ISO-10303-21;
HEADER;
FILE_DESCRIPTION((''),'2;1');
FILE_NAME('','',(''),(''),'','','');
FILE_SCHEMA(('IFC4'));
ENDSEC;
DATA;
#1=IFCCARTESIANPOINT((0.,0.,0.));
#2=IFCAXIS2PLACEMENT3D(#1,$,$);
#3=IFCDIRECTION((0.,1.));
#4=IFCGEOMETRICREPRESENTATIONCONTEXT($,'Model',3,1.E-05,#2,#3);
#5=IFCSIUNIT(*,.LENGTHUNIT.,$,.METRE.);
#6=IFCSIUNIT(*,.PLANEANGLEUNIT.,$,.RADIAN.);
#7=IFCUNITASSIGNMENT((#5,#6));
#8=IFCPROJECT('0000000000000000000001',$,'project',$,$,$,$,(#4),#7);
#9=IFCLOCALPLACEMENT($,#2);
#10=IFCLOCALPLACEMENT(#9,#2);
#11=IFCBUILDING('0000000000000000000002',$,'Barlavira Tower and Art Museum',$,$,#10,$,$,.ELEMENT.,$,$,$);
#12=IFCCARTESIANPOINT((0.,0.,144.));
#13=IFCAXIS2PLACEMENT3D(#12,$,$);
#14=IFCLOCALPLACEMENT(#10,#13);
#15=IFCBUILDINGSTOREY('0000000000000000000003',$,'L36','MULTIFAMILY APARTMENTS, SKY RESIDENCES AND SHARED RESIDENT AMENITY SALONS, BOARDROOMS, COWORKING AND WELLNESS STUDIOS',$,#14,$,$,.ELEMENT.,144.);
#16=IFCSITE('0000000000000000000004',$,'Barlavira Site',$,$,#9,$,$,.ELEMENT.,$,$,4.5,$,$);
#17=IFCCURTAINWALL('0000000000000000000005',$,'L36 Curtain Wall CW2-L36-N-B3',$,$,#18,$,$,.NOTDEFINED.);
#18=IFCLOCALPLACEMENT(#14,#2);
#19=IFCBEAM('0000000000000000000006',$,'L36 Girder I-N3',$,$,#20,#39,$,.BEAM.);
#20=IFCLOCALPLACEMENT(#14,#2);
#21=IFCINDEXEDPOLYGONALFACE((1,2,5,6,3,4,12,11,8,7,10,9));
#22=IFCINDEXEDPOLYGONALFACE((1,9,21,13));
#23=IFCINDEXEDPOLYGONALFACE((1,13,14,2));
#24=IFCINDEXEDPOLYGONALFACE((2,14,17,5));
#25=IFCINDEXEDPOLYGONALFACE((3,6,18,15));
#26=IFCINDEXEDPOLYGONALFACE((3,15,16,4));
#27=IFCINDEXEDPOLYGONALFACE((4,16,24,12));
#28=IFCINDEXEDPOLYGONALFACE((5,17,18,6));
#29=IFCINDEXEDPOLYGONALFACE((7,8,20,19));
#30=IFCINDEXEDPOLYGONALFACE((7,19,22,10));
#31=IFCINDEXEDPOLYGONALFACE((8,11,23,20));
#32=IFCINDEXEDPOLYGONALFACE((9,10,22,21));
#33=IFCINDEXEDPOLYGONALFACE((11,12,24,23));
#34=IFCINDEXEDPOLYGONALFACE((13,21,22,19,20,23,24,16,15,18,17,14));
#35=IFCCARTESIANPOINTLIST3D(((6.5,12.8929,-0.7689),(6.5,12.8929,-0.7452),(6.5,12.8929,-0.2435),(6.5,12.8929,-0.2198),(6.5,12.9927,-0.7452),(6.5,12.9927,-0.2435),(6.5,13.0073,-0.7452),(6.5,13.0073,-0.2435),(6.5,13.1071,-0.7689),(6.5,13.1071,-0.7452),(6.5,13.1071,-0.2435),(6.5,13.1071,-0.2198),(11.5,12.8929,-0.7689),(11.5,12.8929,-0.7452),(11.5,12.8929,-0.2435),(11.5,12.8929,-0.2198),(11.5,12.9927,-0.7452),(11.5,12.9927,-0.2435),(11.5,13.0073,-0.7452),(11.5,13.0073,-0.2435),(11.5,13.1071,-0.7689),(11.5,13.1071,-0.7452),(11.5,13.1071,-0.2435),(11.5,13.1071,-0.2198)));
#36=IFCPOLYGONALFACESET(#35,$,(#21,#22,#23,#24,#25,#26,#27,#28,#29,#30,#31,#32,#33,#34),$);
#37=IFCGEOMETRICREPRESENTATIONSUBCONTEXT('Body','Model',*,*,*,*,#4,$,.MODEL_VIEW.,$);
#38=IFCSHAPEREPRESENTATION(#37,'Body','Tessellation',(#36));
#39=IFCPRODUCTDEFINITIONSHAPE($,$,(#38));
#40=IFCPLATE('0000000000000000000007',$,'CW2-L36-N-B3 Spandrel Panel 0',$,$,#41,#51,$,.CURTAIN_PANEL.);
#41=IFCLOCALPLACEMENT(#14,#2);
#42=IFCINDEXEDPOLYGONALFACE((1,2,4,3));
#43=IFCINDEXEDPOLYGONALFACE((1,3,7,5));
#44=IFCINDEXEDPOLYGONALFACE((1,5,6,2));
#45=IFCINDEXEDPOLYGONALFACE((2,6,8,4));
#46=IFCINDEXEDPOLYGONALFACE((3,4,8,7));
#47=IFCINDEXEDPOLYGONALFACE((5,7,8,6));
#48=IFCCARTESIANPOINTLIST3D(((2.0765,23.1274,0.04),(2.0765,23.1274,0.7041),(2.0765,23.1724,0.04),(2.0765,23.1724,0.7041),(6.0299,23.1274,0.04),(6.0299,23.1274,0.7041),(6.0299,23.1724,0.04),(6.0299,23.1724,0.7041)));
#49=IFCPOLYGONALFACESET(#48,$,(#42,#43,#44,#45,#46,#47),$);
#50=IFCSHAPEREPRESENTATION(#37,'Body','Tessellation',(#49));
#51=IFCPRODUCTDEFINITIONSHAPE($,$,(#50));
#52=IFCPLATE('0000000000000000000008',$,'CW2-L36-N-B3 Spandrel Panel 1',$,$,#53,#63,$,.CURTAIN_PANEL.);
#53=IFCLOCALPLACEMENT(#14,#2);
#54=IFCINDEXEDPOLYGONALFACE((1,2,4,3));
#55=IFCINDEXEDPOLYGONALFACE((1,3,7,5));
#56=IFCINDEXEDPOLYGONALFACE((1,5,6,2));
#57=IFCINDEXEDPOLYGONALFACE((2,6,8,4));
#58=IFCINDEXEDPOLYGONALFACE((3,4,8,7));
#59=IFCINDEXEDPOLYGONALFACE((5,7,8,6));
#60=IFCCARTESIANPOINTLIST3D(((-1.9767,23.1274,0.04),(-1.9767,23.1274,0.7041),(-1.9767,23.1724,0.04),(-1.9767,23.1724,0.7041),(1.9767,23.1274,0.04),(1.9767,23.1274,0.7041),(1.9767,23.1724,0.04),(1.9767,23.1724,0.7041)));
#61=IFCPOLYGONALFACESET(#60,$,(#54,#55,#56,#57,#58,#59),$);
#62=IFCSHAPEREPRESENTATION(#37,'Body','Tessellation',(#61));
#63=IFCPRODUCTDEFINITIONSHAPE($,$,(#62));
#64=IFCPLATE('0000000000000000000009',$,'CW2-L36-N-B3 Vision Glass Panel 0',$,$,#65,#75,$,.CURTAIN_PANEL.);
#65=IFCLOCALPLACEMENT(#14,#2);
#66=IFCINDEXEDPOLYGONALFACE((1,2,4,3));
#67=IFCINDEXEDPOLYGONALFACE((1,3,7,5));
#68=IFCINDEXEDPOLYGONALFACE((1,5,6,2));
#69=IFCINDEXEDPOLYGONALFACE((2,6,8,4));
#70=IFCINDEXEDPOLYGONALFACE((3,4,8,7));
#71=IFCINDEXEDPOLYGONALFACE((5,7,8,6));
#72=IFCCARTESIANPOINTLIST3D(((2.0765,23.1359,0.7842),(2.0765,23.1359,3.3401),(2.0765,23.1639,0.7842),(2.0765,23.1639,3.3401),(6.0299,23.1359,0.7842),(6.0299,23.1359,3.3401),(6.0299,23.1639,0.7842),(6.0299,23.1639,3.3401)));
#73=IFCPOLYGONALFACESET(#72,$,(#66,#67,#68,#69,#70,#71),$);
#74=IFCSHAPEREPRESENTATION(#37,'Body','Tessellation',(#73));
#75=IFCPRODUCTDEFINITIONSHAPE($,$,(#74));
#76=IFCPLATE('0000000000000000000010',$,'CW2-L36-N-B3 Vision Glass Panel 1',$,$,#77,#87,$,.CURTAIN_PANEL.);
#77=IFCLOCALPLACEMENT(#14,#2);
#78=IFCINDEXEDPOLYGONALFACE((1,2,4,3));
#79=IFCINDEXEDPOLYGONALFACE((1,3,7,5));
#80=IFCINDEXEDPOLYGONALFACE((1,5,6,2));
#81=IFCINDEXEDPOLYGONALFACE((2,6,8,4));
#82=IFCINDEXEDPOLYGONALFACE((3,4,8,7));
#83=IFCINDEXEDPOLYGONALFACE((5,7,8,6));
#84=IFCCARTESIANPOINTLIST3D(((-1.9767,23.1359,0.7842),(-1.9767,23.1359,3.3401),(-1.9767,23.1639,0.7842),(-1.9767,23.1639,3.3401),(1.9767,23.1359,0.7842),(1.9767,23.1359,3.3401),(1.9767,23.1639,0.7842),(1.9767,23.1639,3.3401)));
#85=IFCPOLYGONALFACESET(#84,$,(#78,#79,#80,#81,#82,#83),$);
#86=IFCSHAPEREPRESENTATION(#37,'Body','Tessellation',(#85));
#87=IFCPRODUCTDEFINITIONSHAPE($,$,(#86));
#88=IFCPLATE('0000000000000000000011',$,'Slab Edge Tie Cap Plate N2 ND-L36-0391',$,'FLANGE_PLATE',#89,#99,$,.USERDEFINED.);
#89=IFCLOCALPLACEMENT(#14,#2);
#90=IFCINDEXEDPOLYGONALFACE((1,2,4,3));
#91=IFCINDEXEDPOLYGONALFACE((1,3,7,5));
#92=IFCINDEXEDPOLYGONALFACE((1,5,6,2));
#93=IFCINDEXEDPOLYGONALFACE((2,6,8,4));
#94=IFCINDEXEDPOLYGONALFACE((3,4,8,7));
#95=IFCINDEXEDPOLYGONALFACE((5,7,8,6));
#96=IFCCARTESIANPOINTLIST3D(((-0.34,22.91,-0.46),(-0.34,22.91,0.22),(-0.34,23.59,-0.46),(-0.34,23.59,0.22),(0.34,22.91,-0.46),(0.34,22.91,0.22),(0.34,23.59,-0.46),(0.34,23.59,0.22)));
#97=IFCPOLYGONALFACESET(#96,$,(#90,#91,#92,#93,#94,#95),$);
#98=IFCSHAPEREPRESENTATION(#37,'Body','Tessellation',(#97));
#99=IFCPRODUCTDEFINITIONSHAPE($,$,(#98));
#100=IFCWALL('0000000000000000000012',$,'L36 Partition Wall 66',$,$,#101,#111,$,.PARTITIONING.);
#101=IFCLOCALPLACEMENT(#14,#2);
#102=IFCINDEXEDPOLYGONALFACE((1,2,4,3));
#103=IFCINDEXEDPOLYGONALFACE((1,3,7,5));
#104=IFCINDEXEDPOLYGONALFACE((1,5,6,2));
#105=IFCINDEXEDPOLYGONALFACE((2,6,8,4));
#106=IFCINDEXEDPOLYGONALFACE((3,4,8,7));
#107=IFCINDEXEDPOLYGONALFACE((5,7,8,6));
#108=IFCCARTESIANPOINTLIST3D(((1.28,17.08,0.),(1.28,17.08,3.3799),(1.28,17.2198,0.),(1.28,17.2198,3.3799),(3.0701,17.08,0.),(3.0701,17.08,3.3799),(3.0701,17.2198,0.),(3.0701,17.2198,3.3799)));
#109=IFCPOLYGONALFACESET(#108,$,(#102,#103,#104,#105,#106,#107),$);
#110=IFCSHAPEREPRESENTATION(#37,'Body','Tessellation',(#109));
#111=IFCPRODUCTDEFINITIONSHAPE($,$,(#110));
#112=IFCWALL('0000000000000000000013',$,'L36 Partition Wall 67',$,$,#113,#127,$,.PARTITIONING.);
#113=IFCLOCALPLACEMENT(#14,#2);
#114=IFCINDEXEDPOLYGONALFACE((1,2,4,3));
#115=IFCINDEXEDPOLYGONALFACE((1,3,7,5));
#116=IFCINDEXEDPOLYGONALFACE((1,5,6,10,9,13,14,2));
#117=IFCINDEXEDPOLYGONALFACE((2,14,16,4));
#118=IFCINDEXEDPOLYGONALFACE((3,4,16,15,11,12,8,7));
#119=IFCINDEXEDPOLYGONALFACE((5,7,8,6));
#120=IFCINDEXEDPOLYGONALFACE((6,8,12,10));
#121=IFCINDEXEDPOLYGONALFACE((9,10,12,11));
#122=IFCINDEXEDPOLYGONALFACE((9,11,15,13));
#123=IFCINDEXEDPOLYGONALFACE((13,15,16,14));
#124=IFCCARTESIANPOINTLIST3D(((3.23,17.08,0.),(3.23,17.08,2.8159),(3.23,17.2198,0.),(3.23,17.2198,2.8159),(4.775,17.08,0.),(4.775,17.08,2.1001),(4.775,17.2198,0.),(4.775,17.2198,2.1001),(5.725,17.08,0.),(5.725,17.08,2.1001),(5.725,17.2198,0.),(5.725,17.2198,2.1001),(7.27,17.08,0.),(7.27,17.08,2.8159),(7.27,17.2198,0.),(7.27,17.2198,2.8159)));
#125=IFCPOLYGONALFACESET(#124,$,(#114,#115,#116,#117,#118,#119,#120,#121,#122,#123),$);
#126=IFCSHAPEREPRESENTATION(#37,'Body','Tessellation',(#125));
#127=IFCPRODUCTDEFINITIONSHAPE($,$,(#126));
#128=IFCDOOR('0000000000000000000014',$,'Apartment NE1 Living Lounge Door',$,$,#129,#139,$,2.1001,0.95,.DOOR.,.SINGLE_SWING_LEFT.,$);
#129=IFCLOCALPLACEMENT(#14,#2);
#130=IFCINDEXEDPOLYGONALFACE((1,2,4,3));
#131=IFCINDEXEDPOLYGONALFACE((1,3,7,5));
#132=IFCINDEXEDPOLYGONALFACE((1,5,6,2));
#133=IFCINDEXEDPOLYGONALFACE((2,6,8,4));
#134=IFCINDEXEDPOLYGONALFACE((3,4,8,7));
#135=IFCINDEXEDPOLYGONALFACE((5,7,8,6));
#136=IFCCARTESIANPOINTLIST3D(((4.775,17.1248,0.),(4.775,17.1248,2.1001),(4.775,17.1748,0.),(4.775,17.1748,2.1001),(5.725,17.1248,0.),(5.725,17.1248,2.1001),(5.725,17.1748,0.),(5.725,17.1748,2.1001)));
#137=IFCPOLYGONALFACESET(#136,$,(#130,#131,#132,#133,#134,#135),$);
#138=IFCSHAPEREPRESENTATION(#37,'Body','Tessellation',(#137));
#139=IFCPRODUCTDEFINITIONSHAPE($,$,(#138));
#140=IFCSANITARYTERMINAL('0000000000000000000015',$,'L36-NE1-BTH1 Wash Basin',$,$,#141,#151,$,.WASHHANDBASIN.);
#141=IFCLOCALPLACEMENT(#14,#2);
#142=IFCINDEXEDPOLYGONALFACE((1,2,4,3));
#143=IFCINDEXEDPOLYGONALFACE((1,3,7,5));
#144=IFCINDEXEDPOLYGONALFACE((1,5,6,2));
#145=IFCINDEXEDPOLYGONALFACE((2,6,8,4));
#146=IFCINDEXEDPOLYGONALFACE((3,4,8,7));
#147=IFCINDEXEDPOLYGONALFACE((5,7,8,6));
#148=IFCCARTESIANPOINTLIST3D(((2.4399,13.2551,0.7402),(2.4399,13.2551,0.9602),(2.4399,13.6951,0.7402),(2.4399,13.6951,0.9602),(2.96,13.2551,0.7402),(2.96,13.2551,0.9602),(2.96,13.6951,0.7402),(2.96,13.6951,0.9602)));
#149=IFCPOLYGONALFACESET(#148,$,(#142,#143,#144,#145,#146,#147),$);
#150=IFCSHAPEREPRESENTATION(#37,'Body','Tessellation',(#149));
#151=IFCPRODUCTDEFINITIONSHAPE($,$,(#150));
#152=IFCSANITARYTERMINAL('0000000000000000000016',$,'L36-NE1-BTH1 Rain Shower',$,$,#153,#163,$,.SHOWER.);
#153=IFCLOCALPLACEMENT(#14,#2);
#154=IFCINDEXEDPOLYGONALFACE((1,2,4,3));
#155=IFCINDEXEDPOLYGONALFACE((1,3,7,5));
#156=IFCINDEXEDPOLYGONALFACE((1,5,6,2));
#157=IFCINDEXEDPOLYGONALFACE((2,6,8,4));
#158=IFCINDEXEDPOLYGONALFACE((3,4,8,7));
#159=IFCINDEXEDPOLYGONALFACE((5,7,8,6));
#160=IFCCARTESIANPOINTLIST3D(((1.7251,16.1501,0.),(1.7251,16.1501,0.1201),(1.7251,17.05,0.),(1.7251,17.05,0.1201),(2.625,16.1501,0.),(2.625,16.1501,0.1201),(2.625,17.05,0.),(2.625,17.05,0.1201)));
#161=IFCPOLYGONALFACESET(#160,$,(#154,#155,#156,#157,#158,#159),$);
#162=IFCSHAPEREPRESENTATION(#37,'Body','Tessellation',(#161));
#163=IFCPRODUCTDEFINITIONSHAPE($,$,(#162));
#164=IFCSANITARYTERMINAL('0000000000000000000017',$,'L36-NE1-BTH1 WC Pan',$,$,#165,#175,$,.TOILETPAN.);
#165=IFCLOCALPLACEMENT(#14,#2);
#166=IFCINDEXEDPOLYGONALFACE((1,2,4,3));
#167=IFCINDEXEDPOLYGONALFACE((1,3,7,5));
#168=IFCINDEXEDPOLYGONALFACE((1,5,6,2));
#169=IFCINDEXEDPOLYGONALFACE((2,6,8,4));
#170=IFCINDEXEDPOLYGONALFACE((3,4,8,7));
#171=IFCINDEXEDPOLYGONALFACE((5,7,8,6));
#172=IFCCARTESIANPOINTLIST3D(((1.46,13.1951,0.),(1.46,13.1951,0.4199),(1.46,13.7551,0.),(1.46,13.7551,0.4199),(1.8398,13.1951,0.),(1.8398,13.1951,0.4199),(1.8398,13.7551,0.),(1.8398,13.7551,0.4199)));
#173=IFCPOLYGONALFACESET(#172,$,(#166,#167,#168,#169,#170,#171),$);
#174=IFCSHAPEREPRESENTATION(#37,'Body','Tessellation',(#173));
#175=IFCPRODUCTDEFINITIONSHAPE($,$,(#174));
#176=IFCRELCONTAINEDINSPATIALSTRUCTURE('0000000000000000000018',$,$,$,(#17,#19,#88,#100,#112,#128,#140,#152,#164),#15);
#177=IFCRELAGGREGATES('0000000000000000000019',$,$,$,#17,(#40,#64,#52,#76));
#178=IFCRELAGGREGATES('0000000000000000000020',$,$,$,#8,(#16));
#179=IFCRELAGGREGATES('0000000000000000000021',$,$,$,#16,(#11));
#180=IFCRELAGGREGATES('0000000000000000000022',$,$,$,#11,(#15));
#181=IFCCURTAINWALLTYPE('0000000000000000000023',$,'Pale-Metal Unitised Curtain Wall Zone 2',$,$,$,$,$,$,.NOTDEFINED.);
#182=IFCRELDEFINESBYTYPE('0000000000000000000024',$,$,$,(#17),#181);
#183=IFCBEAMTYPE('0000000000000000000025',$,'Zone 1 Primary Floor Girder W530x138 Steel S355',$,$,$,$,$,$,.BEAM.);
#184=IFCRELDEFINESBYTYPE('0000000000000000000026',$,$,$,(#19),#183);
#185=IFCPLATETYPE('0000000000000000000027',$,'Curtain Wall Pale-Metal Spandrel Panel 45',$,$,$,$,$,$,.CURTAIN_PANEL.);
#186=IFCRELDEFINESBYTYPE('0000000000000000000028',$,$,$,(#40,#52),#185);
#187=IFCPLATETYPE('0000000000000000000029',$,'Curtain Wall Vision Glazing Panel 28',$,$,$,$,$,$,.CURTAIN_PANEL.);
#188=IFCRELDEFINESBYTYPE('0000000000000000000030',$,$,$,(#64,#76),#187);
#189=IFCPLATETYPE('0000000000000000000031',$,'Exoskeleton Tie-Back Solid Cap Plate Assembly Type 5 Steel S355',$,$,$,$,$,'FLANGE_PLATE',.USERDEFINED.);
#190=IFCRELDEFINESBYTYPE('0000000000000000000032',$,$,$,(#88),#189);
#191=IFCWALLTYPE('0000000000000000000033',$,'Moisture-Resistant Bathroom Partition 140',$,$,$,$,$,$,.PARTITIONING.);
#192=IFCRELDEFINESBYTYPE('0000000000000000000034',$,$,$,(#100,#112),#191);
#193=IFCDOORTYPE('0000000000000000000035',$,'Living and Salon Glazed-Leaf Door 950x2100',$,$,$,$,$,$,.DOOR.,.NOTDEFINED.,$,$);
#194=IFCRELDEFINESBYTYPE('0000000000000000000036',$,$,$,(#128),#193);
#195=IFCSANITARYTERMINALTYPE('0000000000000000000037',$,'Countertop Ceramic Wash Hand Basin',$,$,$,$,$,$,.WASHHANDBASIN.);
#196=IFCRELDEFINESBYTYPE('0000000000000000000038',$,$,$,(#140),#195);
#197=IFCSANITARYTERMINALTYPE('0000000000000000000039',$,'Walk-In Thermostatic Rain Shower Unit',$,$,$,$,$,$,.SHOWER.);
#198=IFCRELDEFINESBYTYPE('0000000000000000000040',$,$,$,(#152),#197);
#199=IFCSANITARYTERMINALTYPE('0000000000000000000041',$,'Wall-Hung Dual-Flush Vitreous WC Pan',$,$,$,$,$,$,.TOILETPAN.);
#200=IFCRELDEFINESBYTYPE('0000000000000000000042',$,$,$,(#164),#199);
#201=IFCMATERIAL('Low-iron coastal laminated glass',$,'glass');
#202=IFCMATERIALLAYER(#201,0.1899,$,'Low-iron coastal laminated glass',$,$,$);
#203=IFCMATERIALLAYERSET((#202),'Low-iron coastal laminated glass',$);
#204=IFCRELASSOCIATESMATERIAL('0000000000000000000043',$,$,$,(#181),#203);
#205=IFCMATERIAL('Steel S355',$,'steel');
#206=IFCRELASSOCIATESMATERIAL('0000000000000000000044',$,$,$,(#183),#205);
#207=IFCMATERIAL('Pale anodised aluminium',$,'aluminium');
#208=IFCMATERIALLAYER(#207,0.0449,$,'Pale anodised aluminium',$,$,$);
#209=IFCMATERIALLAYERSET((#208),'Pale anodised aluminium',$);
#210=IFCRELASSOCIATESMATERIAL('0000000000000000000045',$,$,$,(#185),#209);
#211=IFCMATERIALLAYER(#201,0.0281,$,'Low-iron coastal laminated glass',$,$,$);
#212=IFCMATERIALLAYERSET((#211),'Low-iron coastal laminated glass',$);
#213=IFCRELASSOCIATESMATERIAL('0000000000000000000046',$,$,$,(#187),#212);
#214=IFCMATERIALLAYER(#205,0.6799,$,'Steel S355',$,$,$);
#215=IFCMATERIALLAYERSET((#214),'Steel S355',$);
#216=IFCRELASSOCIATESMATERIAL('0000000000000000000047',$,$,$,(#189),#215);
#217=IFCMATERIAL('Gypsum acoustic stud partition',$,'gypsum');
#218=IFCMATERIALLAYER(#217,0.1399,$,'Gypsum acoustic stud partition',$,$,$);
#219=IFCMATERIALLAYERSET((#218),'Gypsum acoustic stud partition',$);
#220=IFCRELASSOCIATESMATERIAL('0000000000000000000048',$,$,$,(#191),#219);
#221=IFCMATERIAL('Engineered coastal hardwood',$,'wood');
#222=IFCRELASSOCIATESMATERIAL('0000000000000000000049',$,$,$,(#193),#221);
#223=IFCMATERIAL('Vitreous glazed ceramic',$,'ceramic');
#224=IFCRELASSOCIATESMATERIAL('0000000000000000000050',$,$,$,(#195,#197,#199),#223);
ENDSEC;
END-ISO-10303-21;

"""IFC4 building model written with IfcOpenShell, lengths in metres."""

from ifc_helpers import new_model, si_unit, direction, frame, frame_2d, origin, origin_2d, place, context, subcontext, project, spatial, rectangle, i_section, extrude, material, layer, layer_set, material_profile, profile_set, type_object, element, fill, aggregate, save


model = new_model("IFC4")

# Units and contexts
model_context = context("Model", 3, precision=1e-05, world=origin(), true_north=direction((0.0, 1.0)))
body_context = subcontext(model_context, "Body", "Model", "MODEL_VIEW")
ifc_project = project(units=[si_unit("LENGTHUNIT", "METRE"), si_unit("PLANEANGLEUNIT", "RADIAN")], contexts=[model_context])

# Site, building, storey
site_placement = place(None, origin())
site = spatial("IfcSite", under=ifc_project, at=site_placement, Name="Barlavira Site", CompositionType="ELEMENT", RefElevation=4.5)
building_placement = place(site_placement, origin())
building = spatial("IfcBuilding", under=site, at=building_placement, Name="Barlavira Tower and Art Museum", CompositionType="ELEMENT")
storey_placement = place(building_placement, frame((0.0, 0.0, 144.0)))
storey = spatial("IfcBuildingStorey", under=building, at=storey_placement, Name="L36", Description="MULTIFAMILY APARTMENTS, SKY RESIDENCES AND SHARED RESIDENT AMENITY SALONS, BOARDROOMS, COWORKING AND WELLNESS STUDIOS", CompositionType="ELEMENT", Elevation=144.0)

# Curtain wall
ifc_material_1 = material(Name="Low-iron coastal laminated glass", Category="glass")
ifc_layer_1 = layer(ifc_material_1, 0.1899, Name="Low-iron coastal laminated glass")
ifc_layer_set_1 = layer_set([ifc_layer_1], Name="Low-iron coastal laminated glass")
curtain_wall_type = type_object("IfcCurtainWallType", Name="Pale-Metal Unitised Curtain Wall Zone 2", PredefinedType="NOTDEFINED", material=ifc_layer_set_1)
curtain_wall_placement = place(storey_placement, origin())
curtain_wall = element("IfcCurtainWall", 1, at=curtain_wall_placement, inside=storey, type_object=curtain_wall_type, Name="L36 Curtain Wall CW2-L36-N-B3", PredefinedType="NOTDEFINED")
ifc_material_2 = material(Name="Pale anodised aluminium", Category="aluminium")

# Shared definitions
ifc_material_3 = material(Name="Steel S355", Category="steel")

# Beam
ifc_material_profile_1 = material_profile(ifc_material_3, i_section(OverallWidth=0.2141, OverallDepth=0.5491, WebThickness=0.0146, FlangeThickness=0.0237, at=origin_2d()), Name="W530x138.0")
ifc_profile_set_1 = profile_set([ifc_material_profile_1], Name="Steel S355")
beam_type = type_object("IfcBeamType", Name="Zone 1 Primary Floor Girder W530x138 Steel S355", PredefinedType="BEAM", material=ifc_profile_set_1)
beam_placement = place(storey_placement, frame((6.5, 13.0, -0.4944), z_axis=(1.0, 0.0, 0.0), x_axis=(0.0, 1.0, 0.0)))
element("IfcBeam", 2, at=beam_placement, inside=storey, type_object=beam_type, Name="L36 Girder I-N3", PredefinedType="BEAM", context=body_context, shape_type="SweptSolid", body=[
    extrude(i_section(OverallWidth=0.2141, OverallDepth=0.5491, WebThickness=0.0146, FlangeThickness=0.0237, at=origin_2d()), origin(), (0.0, 0.0, 1.0), 5.0),
])

# Plates
ifc_layer_2 = layer(ifc_material_2, 0.0449, Name="Pale anodised aluminium")
ifc_layer_set_2 = layer_set([ifc_layer_2], Name="Pale anodised aluminium")
plate_type_1 = type_object("IfcPlateType", Name="Curtain Wall Pale-Metal Spandrel Panel 45", PredefinedType="CURTAIN_PANEL", material=ifc_layer_set_2)
plate_1_placement = place(storey_placement, frame((4.0532, 23.1499, 0.04), z_axis=(0.0, 0.0, 1.0), x_axis=(-1.0, 0.0, 0.0)))
plate_1 = element("IfcPlate", 3, at=plate_1_placement, type_object=plate_type_1, Name="CW2-L36-N-B3 Spandrel Panel 0", PredefinedType="CURTAIN_PANEL", context=body_context, shape_type="SweptSolid", body=[
    extrude(rectangle(XDim=3.9534, YDim=0.0449, at=origin_2d()), origin(), (0.0, 0.0, 1.0), 0.6641),
])
plate_2_placement = place(storey_placement, frame((0.0, 23.1499, 0.04), z_axis=(0.0, 0.0, 1.0), x_axis=(-1.0, 0.0, 0.0)))
plate_2 = element("IfcPlate", 4, at=plate_2_placement, type_object=plate_type_1, Name="CW2-L36-N-B3 Spandrel Panel 1", PredefinedType="CURTAIN_PANEL", context=body_context, shape_type="SweptSolid", body=[
    extrude(rectangle(XDim=3.9534, YDim=0.0449, at=origin_2d()), origin(), (0.0, 0.0, 1.0), 0.6641),
])
ifc_layer_3 = layer(ifc_material_1, 0.0281, Name="Low-iron coastal laminated glass")
ifc_layer_set_3 = layer_set([ifc_layer_3], Name="Low-iron coastal laminated glass")
plate_type_2 = type_object("IfcPlateType", Name="Curtain Wall Vision Glazing Panel 28", PredefinedType="CURTAIN_PANEL", material=ifc_layer_set_3)
plate_3_placement = place(storey_placement, frame((4.0532, 23.1499, 0.7842), z_axis=(0.0, 0.0, 1.0), x_axis=(-1.0, 0.0, 0.0)))
plate_3 = element("IfcPlate", 5, at=plate_3_placement, type_object=plate_type_2, Name="CW2-L36-N-B3 Vision Glass Panel 0", PredefinedType="CURTAIN_PANEL", context=body_context, shape_type="SweptSolid", body=[
    extrude(rectangle(XDim=3.9534, YDim=0.0281, at=origin_2d()), origin(), (0.0, 0.0, 1.0), 2.5559),
])
plate_4_placement = place(storey_placement, frame((0.0, 23.1499, 0.7842), z_axis=(0.0, 0.0, 1.0), x_axis=(-1.0, 0.0, 0.0)))
plate_4 = element("IfcPlate", 6, at=plate_4_placement, type_object=plate_type_2, Name="CW2-L36-N-B3 Vision Glass Panel 1", PredefinedType="CURTAIN_PANEL", context=body_context, shape_type="SweptSolid", body=[
    extrude(rectangle(XDim=3.9534, YDim=0.0281, at=origin_2d()), origin(), (0.0, 0.0, 1.0), 2.5559),
])
aggregate(curtain_wall, [plate_1, plate_3, plate_2, plate_4])
ifc_layer_4 = layer(ifc_material_3, 0.6799, Name="Steel S355")
ifc_layer_set_4 = layer_set([ifc_layer_4], Name="Steel S355")
plate_type_3 = type_object("IfcPlateType", Name="Exoskeleton Tie-Back Solid Cap Plate Assembly Type 5 Steel S355", ElementType="FLANGE_PLATE", PredefinedType="USERDEFINED", material=ifc_layer_set_4)
plate_5_placement = place(storey_placement, frame((0.0, 23.25, -0.46), z_axis=(0.0, 0.0, 1.0), x_axis=(1.0, 0.0, 0.0)))
element("IfcPlate", 7, at=plate_5_placement, inside=storey, type_object=plate_type_3, Name="Slab Edge Tie Cap Plate N2 ND-L36-0391", ObjectType="FLANGE_PLATE", PredefinedType="USERDEFINED", context=body_context, shape_type="SweptSolid", body=[
    extrude(rectangle(XDim=0.6799, YDim=0.6799, at=origin_2d()), origin(), (0.0, 0.0, 1.0), 0.6799),
])

# Shared definitions
ifc_material_4 = material(Name="Gypsum acoustic stud partition", Category="gypsum")

# Wall
ifc_layer_5 = layer(ifc_material_4, 0.1399, Name="Gypsum acoustic stud partition")
ifc_layer_set_5 = layer_set([ifc_layer_5], Name="Gypsum acoustic stud partition")
wall_type_1 = type_object("IfcWallType", Name="Moisture-Resistant Bathroom Partition 140", PredefinedType="PARTITIONING", material=ifc_layer_set_5)
wall_1_placement = place(storey_placement, frame((1.28, 17.1499, 0.0), z_axis=(0.0, 0.0, 1.0), x_axis=(1.0, 0.0, 0.0)))
element("IfcWall", 8, at=wall_1_placement, inside=storey, type_object=wall_type_1, Name="L36 Partition Wall 66", PredefinedType="PARTITIONING", context=body_context, shape_type="SweptSolid", body=[
    extrude(rectangle(XDim=1.79, YDim=0.1399, at=frame_2d((0.895, 0.0))), origin(), (0.0, 0.0, 1.0), 3.3799),
])

# Wall, opening, door
wall_2_placement = place(storey_placement, frame((3.23, 17.1499, 0.0), z_axis=(0.0, 0.0, 1.0), x_axis=(1.0, 0.0, 0.0)))
wall_2 = element("IfcWall", 9, at=wall_2_placement, inside=storey, type_object=wall_type_1, Name="L36 Partition Wall 67", PredefinedType="PARTITIONING", context=body_context, shape_type="SweptSolid", body=[
    extrude(rectangle(XDim=4.04, YDim=0.1399, at=frame_2d((2.02, 0.0))), origin(), (0.0, 0.0, 1.0), 2.8159),
])
opening_1_placement = place(wall_2_placement, frame((1.5449, 0.0, 0.0)))
opening_1 = element("IfcOpeningElement", 10, at=opening_1_placement, cuts=wall_2, PredefinedType="OPENING", context=body_context, shape_type="SweptSolid", body=[
    extrude(rectangle(XDim=0.95, YDim=2.1001, at=frame_2d((0.4751, 1.05))), frame((0.0, 0.0801, 0.0), z_axis=(0.0, -1.0, 0.0), x_axis=(1.0, 0.0, 0.0)), (0.0, 0.0, 1.0), 0.1599),
])
ifc_material_5 = material(Name="Engineered coastal hardwood", Category="wood")
door_type_1 = type_object("IfcDoorType", Name="Living and Salon Glazed-Leaf Door 950x2100", OperationType="NOTDEFINED", PredefinedType="DOOR", material=ifc_material_5)
door_1_placement = place(opening_1_placement, origin())
door_1 = element("IfcDoor", 11, at=door_1_placement, inside=storey, type_object=door_type_1, Name="Apartment NE1 Living Lounge Door", OperationType="SINGLE_SWING_LEFT", OverallHeight=2.1001, OverallWidth=0.95, PredefinedType="DOOR", context=body_context, shape_type="SweptSolid", body=[
    extrude(rectangle(XDim=0.95, YDim=2.1001, at=frame_2d((0.4751, 1.05))), frame((0.0, 0.0249, 0.0), z_axis=(0.0, -1.0, 0.0), x_axis=(1.0, 0.0, 0.0)), (0.0, 0.0, 1.0), 0.05),
])
fill(opening_1, door_1)

# Sanitary terminals
ifc_material_6 = material(Name="Vitreous glazed ceramic", Category="ceramic")
sanitary_terminal_type_1 = type_object("IfcSanitaryTerminalType", Name="Countertop Ceramic Wash Hand Basin", PredefinedType="WASHHANDBASIN", material=ifc_material_6)
sanitary_terminal_1_placement = place(storey_placement, frame((2.7, 13.4751, 0.7402), z_axis=(0.0, 0.0, 1.0), x_axis=(1.0, 0.0, 0.0)))
element("IfcSanitaryTerminal", 12, at=sanitary_terminal_1_placement, inside=storey, type_object=sanitary_terminal_type_1, Name="L36-NE1-BTH1 Wash Basin", PredefinedType="WASHHANDBASIN", context=body_context, shape_type="SweptSolid", body=[
    extrude(rectangle(XDim=0.52, YDim=0.4399, at=origin_2d()), origin(), (0.0, 0.0, 1.0), 0.22),
])
sanitary_terminal_type_2 = type_object("IfcSanitaryTerminalType", Name="Walk-In Thermostatic Rain Shower Unit", PredefinedType="SHOWER", material=ifc_material_6)
sanitary_terminal_2_placement = place(storey_placement, frame((2.175, 16.6001, 0.0), z_axis=(0.0, 0.0, 1.0), x_axis=(1.0, 0.0, 0.0)))
element("IfcSanitaryTerminal", 13, at=sanitary_terminal_2_placement, inside=storey, type_object=sanitary_terminal_type_2, Name="L36-NE1-BTH1 Rain Shower", PredefinedType="SHOWER", context=body_context, shape_type="SweptSolid", body=[
    extrude(rectangle(XDim=0.8999, YDim=0.8999, at=origin_2d()), origin(), (0.0, 0.0, 1.0), 0.1201),
])
sanitary_terminal_type_3 = type_object("IfcSanitaryTerminalType", Name="Wall-Hung Dual-Flush Vitreous WC Pan", PredefinedType="TOILETPAN", material=ifc_material_6)
sanitary_terminal_3_placement = place(storey_placement, frame((1.6499, 13.4751, 0.0), z_axis=(0.0, 0.0, 1.0), x_axis=(1.0, 0.0, 0.0)))
element("IfcSanitaryTerminal", 14, at=sanitary_terminal_3_placement, inside=storey, type_object=sanitary_terminal_type_3, Name="L36-NE1-BTH1 WC Pan", PredefinedType="TOILETPAN", context=body_context, shape_type="SweptSolid", body=[
    extrude(rectangle(XDim=0.3799, YDim=0.5601, at=origin_2d()), origin(), (0.0, 0.0, 1.0), 0.4199),
])

save(model, "model.ifc")
